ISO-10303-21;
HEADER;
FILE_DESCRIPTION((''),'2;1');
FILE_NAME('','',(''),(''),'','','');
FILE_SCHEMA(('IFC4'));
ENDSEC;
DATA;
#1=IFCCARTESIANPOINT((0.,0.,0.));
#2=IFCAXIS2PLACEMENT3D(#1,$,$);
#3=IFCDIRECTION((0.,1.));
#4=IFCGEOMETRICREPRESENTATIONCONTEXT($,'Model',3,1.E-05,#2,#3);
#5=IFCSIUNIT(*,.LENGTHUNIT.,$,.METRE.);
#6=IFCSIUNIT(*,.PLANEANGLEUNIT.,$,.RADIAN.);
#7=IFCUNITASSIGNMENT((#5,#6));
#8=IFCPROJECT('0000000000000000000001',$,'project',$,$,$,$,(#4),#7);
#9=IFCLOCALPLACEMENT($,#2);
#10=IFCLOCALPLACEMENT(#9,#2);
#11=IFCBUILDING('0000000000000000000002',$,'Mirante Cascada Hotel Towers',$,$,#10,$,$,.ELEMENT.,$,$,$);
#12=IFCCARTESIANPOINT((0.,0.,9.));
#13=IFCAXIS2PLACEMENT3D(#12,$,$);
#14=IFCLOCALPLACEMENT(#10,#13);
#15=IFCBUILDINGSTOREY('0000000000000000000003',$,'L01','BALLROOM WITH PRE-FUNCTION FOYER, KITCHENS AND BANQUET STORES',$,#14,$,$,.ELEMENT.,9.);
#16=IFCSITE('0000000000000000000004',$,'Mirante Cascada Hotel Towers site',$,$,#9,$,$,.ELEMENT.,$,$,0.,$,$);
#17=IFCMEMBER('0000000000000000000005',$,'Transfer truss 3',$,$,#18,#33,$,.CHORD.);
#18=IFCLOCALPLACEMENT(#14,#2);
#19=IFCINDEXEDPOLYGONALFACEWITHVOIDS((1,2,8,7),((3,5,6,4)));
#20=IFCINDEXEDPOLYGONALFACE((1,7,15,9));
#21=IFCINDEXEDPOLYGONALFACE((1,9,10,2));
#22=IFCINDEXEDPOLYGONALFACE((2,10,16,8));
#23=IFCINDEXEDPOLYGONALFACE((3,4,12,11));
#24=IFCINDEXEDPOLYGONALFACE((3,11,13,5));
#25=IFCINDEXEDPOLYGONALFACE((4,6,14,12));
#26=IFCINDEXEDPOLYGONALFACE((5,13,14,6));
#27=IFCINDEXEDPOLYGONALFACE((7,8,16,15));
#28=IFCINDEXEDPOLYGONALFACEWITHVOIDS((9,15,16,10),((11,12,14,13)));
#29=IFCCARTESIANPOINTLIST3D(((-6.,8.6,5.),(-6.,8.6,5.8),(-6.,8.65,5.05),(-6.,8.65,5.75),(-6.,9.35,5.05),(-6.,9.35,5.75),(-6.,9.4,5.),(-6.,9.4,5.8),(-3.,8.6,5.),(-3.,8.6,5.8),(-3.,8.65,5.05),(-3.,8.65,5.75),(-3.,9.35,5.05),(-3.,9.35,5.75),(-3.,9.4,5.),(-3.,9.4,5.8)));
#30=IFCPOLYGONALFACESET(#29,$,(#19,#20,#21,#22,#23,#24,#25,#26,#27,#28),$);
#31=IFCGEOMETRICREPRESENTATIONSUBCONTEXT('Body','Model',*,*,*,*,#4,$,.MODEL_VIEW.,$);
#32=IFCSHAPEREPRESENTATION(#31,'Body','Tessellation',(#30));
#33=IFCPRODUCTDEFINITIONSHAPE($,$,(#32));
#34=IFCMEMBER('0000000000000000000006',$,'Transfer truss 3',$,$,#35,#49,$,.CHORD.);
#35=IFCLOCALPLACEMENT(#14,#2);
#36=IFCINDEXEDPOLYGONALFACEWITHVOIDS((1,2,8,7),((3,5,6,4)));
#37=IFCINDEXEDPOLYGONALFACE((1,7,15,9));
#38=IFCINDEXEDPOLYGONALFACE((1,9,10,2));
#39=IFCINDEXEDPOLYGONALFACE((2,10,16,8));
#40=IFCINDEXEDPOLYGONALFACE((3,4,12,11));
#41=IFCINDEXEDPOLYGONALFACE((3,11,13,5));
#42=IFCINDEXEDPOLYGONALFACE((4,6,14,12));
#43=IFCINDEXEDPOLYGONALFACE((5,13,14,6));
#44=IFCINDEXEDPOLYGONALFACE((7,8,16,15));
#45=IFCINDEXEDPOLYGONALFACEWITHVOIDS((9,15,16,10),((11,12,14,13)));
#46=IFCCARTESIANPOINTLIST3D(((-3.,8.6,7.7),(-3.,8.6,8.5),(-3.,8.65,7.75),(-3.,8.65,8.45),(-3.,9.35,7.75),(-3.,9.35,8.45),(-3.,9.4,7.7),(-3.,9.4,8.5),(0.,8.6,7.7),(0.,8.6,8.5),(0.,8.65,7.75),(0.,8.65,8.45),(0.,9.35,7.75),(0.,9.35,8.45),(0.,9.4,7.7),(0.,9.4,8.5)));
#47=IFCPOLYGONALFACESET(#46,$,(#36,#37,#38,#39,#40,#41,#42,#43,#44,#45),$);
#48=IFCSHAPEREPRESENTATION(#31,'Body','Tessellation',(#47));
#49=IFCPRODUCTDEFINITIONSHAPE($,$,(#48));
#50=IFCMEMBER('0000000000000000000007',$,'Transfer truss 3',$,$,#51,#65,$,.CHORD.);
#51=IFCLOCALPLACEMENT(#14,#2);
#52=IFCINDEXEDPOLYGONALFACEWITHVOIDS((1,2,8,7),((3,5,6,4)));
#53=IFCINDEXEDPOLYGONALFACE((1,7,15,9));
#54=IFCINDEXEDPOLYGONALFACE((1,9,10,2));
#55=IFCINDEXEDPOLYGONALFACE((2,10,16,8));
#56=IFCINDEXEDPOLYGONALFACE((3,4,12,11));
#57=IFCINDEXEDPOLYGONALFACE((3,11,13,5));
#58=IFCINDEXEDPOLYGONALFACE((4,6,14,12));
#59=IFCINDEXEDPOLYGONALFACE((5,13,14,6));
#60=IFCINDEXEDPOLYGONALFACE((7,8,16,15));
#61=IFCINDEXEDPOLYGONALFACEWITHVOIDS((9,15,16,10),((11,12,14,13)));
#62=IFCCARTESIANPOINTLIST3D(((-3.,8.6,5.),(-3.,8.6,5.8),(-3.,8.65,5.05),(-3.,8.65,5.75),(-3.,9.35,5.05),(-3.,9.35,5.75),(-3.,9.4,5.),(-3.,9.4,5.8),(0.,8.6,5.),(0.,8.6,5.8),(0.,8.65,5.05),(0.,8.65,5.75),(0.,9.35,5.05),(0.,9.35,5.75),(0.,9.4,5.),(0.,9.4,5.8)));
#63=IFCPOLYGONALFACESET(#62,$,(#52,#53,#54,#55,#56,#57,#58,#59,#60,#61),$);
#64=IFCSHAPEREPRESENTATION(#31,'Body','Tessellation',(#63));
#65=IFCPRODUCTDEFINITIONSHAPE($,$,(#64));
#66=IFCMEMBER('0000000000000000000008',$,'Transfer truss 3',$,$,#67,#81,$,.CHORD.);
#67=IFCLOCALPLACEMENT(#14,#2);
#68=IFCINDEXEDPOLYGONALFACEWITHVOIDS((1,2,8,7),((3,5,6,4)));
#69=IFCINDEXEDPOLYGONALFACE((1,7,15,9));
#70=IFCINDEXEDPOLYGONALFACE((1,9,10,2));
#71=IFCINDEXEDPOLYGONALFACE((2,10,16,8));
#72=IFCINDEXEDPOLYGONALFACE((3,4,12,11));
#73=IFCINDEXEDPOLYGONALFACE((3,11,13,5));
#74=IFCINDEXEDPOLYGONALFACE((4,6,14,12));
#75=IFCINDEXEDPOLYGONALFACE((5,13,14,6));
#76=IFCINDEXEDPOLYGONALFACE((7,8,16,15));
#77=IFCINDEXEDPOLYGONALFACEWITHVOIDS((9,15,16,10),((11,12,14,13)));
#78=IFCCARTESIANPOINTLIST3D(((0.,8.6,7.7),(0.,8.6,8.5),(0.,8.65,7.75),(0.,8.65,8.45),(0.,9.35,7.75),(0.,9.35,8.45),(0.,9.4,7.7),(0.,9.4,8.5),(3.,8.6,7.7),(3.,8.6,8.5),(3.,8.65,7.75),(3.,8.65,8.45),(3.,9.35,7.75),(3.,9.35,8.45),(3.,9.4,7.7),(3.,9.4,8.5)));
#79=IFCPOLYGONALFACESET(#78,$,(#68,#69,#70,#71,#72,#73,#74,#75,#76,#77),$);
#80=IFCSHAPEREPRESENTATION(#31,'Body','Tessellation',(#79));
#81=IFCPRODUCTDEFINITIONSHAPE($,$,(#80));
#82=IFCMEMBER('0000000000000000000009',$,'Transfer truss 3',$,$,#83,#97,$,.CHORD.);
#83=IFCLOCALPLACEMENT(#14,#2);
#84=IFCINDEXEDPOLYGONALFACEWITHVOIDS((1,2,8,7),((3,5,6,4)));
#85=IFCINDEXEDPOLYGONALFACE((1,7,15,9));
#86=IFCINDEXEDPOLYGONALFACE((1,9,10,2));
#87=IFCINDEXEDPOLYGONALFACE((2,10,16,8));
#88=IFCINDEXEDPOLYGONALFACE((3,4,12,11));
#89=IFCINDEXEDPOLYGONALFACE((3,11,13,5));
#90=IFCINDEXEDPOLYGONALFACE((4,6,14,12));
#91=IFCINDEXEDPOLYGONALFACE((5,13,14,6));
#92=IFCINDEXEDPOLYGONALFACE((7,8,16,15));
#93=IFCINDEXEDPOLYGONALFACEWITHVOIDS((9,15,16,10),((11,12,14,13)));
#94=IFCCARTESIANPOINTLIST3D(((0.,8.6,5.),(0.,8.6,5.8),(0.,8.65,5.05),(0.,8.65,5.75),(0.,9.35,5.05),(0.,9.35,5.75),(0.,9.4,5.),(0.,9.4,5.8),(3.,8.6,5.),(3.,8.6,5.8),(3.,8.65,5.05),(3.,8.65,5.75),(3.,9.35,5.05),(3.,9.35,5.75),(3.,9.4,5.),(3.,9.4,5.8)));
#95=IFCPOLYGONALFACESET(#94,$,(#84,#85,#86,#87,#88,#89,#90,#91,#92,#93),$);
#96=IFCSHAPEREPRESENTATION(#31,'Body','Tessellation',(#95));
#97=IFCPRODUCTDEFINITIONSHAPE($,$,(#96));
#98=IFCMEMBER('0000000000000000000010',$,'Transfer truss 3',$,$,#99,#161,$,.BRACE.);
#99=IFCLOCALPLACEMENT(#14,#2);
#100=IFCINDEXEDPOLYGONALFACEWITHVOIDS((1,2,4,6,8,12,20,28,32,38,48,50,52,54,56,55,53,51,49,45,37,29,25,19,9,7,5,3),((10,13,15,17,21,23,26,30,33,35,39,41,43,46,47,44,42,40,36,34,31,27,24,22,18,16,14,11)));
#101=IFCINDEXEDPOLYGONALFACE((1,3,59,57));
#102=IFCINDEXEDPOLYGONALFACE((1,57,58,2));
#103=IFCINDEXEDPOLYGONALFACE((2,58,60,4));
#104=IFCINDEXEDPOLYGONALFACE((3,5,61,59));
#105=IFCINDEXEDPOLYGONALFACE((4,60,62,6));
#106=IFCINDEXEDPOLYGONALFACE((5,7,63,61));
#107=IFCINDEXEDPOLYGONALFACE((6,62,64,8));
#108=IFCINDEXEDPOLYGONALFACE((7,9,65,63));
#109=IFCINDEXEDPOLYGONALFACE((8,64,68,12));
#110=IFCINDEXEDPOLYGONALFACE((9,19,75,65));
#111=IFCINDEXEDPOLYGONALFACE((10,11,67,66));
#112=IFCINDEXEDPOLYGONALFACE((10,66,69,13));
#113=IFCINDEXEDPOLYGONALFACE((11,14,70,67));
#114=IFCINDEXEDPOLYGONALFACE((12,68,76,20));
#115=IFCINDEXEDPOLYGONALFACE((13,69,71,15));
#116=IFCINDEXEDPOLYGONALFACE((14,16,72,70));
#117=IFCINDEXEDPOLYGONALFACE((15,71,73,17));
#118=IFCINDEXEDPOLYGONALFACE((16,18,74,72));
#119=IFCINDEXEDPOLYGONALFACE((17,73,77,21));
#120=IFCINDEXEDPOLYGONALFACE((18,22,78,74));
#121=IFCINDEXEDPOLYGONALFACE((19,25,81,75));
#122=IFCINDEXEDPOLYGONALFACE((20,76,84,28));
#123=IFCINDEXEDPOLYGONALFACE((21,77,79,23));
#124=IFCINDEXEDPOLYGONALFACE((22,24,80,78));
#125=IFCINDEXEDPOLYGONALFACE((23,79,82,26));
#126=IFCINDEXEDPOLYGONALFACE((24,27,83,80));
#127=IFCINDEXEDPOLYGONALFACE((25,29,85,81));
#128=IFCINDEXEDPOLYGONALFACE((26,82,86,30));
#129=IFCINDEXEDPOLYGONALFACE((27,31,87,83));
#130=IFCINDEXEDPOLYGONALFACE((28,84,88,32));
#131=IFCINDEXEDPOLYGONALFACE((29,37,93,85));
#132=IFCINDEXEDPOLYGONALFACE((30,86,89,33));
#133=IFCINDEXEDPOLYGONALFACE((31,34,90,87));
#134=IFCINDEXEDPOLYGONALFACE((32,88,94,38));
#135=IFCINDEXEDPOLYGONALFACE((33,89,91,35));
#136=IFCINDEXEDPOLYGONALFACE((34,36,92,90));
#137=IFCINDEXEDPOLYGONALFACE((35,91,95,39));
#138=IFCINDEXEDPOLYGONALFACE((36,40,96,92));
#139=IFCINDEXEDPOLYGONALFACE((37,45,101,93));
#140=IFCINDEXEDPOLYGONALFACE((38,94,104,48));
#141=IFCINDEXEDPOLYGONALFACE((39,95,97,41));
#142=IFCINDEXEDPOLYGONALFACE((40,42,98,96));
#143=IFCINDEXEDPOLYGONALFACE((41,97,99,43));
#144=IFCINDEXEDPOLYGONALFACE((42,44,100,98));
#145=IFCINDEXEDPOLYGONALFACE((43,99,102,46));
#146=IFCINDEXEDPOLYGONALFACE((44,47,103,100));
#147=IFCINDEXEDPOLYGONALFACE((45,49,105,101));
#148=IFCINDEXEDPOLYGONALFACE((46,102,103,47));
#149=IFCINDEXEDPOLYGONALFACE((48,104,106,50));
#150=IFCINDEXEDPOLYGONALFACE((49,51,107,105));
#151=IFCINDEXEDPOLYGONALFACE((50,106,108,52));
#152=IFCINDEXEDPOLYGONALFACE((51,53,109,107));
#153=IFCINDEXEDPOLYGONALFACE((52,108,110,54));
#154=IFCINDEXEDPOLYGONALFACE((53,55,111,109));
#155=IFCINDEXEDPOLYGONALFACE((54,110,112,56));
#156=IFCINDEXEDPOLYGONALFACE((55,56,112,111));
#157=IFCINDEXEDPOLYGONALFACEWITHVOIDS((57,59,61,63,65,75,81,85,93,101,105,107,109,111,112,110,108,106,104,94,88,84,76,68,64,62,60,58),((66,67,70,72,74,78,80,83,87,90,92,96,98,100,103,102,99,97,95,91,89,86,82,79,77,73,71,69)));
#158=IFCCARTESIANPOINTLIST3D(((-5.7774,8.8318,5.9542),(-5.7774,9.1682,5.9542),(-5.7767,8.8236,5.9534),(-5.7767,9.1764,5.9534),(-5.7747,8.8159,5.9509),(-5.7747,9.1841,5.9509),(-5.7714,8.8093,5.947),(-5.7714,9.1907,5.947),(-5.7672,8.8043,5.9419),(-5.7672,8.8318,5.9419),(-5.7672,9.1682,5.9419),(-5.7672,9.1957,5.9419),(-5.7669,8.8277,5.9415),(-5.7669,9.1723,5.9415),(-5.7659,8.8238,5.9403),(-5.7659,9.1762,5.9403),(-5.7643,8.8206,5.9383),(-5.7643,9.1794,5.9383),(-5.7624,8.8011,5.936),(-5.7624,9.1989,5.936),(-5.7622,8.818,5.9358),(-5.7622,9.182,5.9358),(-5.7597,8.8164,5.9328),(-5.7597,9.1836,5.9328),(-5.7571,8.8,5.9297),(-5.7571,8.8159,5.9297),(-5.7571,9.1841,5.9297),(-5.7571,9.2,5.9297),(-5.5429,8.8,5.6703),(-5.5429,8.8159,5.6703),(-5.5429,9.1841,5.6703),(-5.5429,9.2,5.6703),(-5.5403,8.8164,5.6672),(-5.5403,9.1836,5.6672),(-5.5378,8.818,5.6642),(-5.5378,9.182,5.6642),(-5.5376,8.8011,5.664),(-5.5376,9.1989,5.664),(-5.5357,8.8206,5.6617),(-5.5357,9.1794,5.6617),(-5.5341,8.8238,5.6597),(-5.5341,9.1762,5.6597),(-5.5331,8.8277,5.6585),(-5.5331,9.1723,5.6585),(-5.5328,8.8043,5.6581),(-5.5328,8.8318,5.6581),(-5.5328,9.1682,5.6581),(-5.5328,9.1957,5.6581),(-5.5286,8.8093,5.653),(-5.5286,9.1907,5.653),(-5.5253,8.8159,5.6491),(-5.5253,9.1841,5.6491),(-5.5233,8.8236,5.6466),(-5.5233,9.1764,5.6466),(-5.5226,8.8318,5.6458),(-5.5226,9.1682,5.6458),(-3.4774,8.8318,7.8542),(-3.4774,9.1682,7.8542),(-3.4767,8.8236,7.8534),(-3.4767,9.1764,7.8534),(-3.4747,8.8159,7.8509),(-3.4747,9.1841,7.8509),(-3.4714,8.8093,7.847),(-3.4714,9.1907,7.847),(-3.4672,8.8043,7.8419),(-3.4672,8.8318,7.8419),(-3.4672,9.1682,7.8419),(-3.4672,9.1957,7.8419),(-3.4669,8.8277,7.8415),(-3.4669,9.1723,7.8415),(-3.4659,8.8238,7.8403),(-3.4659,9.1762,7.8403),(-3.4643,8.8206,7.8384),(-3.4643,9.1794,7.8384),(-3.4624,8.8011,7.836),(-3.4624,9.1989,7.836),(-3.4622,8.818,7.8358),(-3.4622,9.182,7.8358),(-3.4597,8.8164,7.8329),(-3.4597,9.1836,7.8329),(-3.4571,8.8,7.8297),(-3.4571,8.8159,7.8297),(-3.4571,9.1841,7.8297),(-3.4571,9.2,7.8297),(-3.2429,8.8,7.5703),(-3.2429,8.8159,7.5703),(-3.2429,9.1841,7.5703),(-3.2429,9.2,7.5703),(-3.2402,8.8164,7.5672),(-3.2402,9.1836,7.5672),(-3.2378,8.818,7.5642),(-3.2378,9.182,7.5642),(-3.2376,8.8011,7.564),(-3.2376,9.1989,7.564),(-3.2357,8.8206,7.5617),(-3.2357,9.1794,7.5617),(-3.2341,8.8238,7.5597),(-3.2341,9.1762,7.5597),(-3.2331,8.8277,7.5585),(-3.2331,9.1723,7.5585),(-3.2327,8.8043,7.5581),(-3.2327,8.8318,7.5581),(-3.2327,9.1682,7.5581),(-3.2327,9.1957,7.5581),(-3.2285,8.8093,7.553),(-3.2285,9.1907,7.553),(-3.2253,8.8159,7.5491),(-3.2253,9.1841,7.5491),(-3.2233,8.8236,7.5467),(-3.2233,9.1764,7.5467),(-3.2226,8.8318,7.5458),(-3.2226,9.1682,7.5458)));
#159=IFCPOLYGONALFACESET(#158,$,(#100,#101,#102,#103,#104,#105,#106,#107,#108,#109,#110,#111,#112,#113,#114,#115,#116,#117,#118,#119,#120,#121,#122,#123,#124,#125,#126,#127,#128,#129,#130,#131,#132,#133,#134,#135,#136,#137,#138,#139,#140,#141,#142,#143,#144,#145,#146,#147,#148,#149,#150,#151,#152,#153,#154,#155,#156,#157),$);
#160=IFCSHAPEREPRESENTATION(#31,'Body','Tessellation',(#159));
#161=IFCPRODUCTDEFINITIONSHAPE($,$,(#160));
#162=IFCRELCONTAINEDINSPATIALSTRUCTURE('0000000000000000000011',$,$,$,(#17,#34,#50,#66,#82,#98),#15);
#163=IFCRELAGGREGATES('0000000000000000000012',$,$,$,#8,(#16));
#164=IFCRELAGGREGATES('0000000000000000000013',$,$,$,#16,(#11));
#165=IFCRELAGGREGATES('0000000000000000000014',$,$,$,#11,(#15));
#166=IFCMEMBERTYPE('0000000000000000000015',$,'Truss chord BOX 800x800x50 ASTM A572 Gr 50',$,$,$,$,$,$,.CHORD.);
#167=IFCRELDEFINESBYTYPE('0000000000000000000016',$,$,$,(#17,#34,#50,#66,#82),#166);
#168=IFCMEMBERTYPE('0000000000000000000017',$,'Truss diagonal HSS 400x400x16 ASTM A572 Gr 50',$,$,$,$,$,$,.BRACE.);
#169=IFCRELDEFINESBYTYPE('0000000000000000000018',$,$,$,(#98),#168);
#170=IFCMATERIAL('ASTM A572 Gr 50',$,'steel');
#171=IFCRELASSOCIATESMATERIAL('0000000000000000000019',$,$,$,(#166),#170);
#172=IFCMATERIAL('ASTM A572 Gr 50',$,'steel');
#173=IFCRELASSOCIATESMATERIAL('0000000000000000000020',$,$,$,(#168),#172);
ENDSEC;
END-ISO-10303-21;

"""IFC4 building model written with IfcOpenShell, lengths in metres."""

from ifc_helpers import new_model, si_unit, direction, frame, origin, origin_2d, place, context, subcontext, project, spatial, hollow_rectangle, extrude, material, material_profile, profile_set, type_object, element, save


model = new_model("IFC4")

# Units and contexts
model_context = context("Model", 3, precision=1e-05, world=origin(), true_north=direction((0.0, 1.0)))
body_context = subcontext(model_context, "Body", "Model", "MODEL_VIEW")
ifc_project = project(units=[si_unit("LENGTHUNIT", "METRE"), si_unit("PLANEANGLEUNIT", "RADIAN")], contexts=[model_context])

# Site, building, storey
site_placement = place(None, origin())
site = spatial("IfcSite", under=ifc_project, at=site_placement, Name="Mirante Cascada Hotel Towers site", CompositionType="ELEMENT", RefElevation=0.0)
building_placement = place(site_placement, origin())
building = spatial("IfcBuilding", under=site, at=building_placement, Name="Mirante Cascada Hotel Towers", CompositionType="ELEMENT")
storey_placement = place(building_placement, frame((0.0, 0.0, 9.0)))
storey = spatial("IfcBuildingStorey", under=building, at=storey_placement, Name="L01", Description="BALLROOM WITH PRE-FUNCTION FOYER, KITCHENS AND BANQUET STORES", CompositionType="ELEMENT", Elevation=9.0)

# Members
ifc_material_1 = material(Name="ASTM A572 Gr 50", Category="steel")
ifc_material_profile_1 = material_profile(ifc_material_1, hollow_rectangle(XDim=0.8, YDim=0.8, WallThickness=0.05, at=origin_2d()), Name="BOX 800x800x50")
ifc_profile_set_1 = profile_set([ifc_material_profile_1], Name="ASTM A572 Gr 50")
member_type_1 = type_object("IfcMemberType", Name="Truss chord BOX 800x800x50 ASTM A572 Gr 50", PredefinedType="CHORD", material=ifc_profile_set_1)
for number, where, z_axis, x_axis, name in (
    (1, (-6.0, 9.0, 5.4), (1.0, 0.0, 0.0), (0.0, 1.0, 0.0), "Transfer truss 3"),
    (2, (-3.0, 9.0, 8.1), (1.0, 0.0, 0.0), (0.0, 1.0, 0.0), "Transfer truss 3"),
    (3, (-3.0, 9.0, 5.4), (1.0, 0.0, 0.0), (0.0, 1.0, 0.0), "Transfer truss 3"),
    (4, (0.0, 9.0, 8.1), (1.0, 0.0, 0.0), (0.0, 1.0, 0.0), "Transfer truss 3"),
    (5, (0.0, 9.0, 5.4), (1.0, 0.0, 0.0), (0.0, 1.0, 0.0), "Transfer truss 3"),
):
    element("IfcMember", number, at=place(storey_placement, frame(where, z_axis=z_axis, x_axis=x_axis)), inside=storey, type_object=member_type_1, Name=name, PredefinedType="CHORD", context=body_context, shape_type="SweptSolid", body=[
        extrude(hollow_rectangle(XDim=0.8, YDim=0.8, WallThickness=0.05, at=origin_2d()), origin(), (0.0, 0.0, 1.0), 3.0),
    ])
ifc_material_2 = material(Name="ASTM A572 Gr 50", Category="steel")
ifc_material_profile_2 = material_profile(ifc_material_2, hollow_rectangle(XDim=0.4, YDim=0.4, WallThickness=0.0159, InnerFilletRadius=0.0159, OuterFilletRadius=0.0318, at=origin_2d()), Name="HSS 400x400x16")
ifc_profile_set_2 = profile_set([ifc_material_profile_2], Name="ASTM A572 Gr 50")
member_type_2 = type_object("IfcMemberType", Name="Truss diagonal HSS 400x400x16 ASTM A572 Gr 50", PredefinedType="BRACE", material=ifc_profile_set_2)
for number, where, z_axis, x_axis, name in (
    (6, (-5.65, 9.0, 5.8), (0.770962, 0.0, 0.636881), (0.0, 1.0, 0.0), "Transfer truss 3"),
):
    element("IfcMember", number, at=place(storey_placement, frame(where, z_axis=z_axis, x_axis=x_axis)), inside=storey, type_object=member_type_2, Name=name, PredefinedType="BRACE", context=body_context, shape_type="SweptSolid", body=[
        extrude(hollow_rectangle(XDim=0.4, YDim=0.4, WallThickness=0.0159, InnerFilletRadius=0.0159, OuterFilletRadius=0.0318, at=origin_2d()), origin(), (0.0, 0.0, 1.0), 2.9833),
    ])

save(model, "model.ifc")
